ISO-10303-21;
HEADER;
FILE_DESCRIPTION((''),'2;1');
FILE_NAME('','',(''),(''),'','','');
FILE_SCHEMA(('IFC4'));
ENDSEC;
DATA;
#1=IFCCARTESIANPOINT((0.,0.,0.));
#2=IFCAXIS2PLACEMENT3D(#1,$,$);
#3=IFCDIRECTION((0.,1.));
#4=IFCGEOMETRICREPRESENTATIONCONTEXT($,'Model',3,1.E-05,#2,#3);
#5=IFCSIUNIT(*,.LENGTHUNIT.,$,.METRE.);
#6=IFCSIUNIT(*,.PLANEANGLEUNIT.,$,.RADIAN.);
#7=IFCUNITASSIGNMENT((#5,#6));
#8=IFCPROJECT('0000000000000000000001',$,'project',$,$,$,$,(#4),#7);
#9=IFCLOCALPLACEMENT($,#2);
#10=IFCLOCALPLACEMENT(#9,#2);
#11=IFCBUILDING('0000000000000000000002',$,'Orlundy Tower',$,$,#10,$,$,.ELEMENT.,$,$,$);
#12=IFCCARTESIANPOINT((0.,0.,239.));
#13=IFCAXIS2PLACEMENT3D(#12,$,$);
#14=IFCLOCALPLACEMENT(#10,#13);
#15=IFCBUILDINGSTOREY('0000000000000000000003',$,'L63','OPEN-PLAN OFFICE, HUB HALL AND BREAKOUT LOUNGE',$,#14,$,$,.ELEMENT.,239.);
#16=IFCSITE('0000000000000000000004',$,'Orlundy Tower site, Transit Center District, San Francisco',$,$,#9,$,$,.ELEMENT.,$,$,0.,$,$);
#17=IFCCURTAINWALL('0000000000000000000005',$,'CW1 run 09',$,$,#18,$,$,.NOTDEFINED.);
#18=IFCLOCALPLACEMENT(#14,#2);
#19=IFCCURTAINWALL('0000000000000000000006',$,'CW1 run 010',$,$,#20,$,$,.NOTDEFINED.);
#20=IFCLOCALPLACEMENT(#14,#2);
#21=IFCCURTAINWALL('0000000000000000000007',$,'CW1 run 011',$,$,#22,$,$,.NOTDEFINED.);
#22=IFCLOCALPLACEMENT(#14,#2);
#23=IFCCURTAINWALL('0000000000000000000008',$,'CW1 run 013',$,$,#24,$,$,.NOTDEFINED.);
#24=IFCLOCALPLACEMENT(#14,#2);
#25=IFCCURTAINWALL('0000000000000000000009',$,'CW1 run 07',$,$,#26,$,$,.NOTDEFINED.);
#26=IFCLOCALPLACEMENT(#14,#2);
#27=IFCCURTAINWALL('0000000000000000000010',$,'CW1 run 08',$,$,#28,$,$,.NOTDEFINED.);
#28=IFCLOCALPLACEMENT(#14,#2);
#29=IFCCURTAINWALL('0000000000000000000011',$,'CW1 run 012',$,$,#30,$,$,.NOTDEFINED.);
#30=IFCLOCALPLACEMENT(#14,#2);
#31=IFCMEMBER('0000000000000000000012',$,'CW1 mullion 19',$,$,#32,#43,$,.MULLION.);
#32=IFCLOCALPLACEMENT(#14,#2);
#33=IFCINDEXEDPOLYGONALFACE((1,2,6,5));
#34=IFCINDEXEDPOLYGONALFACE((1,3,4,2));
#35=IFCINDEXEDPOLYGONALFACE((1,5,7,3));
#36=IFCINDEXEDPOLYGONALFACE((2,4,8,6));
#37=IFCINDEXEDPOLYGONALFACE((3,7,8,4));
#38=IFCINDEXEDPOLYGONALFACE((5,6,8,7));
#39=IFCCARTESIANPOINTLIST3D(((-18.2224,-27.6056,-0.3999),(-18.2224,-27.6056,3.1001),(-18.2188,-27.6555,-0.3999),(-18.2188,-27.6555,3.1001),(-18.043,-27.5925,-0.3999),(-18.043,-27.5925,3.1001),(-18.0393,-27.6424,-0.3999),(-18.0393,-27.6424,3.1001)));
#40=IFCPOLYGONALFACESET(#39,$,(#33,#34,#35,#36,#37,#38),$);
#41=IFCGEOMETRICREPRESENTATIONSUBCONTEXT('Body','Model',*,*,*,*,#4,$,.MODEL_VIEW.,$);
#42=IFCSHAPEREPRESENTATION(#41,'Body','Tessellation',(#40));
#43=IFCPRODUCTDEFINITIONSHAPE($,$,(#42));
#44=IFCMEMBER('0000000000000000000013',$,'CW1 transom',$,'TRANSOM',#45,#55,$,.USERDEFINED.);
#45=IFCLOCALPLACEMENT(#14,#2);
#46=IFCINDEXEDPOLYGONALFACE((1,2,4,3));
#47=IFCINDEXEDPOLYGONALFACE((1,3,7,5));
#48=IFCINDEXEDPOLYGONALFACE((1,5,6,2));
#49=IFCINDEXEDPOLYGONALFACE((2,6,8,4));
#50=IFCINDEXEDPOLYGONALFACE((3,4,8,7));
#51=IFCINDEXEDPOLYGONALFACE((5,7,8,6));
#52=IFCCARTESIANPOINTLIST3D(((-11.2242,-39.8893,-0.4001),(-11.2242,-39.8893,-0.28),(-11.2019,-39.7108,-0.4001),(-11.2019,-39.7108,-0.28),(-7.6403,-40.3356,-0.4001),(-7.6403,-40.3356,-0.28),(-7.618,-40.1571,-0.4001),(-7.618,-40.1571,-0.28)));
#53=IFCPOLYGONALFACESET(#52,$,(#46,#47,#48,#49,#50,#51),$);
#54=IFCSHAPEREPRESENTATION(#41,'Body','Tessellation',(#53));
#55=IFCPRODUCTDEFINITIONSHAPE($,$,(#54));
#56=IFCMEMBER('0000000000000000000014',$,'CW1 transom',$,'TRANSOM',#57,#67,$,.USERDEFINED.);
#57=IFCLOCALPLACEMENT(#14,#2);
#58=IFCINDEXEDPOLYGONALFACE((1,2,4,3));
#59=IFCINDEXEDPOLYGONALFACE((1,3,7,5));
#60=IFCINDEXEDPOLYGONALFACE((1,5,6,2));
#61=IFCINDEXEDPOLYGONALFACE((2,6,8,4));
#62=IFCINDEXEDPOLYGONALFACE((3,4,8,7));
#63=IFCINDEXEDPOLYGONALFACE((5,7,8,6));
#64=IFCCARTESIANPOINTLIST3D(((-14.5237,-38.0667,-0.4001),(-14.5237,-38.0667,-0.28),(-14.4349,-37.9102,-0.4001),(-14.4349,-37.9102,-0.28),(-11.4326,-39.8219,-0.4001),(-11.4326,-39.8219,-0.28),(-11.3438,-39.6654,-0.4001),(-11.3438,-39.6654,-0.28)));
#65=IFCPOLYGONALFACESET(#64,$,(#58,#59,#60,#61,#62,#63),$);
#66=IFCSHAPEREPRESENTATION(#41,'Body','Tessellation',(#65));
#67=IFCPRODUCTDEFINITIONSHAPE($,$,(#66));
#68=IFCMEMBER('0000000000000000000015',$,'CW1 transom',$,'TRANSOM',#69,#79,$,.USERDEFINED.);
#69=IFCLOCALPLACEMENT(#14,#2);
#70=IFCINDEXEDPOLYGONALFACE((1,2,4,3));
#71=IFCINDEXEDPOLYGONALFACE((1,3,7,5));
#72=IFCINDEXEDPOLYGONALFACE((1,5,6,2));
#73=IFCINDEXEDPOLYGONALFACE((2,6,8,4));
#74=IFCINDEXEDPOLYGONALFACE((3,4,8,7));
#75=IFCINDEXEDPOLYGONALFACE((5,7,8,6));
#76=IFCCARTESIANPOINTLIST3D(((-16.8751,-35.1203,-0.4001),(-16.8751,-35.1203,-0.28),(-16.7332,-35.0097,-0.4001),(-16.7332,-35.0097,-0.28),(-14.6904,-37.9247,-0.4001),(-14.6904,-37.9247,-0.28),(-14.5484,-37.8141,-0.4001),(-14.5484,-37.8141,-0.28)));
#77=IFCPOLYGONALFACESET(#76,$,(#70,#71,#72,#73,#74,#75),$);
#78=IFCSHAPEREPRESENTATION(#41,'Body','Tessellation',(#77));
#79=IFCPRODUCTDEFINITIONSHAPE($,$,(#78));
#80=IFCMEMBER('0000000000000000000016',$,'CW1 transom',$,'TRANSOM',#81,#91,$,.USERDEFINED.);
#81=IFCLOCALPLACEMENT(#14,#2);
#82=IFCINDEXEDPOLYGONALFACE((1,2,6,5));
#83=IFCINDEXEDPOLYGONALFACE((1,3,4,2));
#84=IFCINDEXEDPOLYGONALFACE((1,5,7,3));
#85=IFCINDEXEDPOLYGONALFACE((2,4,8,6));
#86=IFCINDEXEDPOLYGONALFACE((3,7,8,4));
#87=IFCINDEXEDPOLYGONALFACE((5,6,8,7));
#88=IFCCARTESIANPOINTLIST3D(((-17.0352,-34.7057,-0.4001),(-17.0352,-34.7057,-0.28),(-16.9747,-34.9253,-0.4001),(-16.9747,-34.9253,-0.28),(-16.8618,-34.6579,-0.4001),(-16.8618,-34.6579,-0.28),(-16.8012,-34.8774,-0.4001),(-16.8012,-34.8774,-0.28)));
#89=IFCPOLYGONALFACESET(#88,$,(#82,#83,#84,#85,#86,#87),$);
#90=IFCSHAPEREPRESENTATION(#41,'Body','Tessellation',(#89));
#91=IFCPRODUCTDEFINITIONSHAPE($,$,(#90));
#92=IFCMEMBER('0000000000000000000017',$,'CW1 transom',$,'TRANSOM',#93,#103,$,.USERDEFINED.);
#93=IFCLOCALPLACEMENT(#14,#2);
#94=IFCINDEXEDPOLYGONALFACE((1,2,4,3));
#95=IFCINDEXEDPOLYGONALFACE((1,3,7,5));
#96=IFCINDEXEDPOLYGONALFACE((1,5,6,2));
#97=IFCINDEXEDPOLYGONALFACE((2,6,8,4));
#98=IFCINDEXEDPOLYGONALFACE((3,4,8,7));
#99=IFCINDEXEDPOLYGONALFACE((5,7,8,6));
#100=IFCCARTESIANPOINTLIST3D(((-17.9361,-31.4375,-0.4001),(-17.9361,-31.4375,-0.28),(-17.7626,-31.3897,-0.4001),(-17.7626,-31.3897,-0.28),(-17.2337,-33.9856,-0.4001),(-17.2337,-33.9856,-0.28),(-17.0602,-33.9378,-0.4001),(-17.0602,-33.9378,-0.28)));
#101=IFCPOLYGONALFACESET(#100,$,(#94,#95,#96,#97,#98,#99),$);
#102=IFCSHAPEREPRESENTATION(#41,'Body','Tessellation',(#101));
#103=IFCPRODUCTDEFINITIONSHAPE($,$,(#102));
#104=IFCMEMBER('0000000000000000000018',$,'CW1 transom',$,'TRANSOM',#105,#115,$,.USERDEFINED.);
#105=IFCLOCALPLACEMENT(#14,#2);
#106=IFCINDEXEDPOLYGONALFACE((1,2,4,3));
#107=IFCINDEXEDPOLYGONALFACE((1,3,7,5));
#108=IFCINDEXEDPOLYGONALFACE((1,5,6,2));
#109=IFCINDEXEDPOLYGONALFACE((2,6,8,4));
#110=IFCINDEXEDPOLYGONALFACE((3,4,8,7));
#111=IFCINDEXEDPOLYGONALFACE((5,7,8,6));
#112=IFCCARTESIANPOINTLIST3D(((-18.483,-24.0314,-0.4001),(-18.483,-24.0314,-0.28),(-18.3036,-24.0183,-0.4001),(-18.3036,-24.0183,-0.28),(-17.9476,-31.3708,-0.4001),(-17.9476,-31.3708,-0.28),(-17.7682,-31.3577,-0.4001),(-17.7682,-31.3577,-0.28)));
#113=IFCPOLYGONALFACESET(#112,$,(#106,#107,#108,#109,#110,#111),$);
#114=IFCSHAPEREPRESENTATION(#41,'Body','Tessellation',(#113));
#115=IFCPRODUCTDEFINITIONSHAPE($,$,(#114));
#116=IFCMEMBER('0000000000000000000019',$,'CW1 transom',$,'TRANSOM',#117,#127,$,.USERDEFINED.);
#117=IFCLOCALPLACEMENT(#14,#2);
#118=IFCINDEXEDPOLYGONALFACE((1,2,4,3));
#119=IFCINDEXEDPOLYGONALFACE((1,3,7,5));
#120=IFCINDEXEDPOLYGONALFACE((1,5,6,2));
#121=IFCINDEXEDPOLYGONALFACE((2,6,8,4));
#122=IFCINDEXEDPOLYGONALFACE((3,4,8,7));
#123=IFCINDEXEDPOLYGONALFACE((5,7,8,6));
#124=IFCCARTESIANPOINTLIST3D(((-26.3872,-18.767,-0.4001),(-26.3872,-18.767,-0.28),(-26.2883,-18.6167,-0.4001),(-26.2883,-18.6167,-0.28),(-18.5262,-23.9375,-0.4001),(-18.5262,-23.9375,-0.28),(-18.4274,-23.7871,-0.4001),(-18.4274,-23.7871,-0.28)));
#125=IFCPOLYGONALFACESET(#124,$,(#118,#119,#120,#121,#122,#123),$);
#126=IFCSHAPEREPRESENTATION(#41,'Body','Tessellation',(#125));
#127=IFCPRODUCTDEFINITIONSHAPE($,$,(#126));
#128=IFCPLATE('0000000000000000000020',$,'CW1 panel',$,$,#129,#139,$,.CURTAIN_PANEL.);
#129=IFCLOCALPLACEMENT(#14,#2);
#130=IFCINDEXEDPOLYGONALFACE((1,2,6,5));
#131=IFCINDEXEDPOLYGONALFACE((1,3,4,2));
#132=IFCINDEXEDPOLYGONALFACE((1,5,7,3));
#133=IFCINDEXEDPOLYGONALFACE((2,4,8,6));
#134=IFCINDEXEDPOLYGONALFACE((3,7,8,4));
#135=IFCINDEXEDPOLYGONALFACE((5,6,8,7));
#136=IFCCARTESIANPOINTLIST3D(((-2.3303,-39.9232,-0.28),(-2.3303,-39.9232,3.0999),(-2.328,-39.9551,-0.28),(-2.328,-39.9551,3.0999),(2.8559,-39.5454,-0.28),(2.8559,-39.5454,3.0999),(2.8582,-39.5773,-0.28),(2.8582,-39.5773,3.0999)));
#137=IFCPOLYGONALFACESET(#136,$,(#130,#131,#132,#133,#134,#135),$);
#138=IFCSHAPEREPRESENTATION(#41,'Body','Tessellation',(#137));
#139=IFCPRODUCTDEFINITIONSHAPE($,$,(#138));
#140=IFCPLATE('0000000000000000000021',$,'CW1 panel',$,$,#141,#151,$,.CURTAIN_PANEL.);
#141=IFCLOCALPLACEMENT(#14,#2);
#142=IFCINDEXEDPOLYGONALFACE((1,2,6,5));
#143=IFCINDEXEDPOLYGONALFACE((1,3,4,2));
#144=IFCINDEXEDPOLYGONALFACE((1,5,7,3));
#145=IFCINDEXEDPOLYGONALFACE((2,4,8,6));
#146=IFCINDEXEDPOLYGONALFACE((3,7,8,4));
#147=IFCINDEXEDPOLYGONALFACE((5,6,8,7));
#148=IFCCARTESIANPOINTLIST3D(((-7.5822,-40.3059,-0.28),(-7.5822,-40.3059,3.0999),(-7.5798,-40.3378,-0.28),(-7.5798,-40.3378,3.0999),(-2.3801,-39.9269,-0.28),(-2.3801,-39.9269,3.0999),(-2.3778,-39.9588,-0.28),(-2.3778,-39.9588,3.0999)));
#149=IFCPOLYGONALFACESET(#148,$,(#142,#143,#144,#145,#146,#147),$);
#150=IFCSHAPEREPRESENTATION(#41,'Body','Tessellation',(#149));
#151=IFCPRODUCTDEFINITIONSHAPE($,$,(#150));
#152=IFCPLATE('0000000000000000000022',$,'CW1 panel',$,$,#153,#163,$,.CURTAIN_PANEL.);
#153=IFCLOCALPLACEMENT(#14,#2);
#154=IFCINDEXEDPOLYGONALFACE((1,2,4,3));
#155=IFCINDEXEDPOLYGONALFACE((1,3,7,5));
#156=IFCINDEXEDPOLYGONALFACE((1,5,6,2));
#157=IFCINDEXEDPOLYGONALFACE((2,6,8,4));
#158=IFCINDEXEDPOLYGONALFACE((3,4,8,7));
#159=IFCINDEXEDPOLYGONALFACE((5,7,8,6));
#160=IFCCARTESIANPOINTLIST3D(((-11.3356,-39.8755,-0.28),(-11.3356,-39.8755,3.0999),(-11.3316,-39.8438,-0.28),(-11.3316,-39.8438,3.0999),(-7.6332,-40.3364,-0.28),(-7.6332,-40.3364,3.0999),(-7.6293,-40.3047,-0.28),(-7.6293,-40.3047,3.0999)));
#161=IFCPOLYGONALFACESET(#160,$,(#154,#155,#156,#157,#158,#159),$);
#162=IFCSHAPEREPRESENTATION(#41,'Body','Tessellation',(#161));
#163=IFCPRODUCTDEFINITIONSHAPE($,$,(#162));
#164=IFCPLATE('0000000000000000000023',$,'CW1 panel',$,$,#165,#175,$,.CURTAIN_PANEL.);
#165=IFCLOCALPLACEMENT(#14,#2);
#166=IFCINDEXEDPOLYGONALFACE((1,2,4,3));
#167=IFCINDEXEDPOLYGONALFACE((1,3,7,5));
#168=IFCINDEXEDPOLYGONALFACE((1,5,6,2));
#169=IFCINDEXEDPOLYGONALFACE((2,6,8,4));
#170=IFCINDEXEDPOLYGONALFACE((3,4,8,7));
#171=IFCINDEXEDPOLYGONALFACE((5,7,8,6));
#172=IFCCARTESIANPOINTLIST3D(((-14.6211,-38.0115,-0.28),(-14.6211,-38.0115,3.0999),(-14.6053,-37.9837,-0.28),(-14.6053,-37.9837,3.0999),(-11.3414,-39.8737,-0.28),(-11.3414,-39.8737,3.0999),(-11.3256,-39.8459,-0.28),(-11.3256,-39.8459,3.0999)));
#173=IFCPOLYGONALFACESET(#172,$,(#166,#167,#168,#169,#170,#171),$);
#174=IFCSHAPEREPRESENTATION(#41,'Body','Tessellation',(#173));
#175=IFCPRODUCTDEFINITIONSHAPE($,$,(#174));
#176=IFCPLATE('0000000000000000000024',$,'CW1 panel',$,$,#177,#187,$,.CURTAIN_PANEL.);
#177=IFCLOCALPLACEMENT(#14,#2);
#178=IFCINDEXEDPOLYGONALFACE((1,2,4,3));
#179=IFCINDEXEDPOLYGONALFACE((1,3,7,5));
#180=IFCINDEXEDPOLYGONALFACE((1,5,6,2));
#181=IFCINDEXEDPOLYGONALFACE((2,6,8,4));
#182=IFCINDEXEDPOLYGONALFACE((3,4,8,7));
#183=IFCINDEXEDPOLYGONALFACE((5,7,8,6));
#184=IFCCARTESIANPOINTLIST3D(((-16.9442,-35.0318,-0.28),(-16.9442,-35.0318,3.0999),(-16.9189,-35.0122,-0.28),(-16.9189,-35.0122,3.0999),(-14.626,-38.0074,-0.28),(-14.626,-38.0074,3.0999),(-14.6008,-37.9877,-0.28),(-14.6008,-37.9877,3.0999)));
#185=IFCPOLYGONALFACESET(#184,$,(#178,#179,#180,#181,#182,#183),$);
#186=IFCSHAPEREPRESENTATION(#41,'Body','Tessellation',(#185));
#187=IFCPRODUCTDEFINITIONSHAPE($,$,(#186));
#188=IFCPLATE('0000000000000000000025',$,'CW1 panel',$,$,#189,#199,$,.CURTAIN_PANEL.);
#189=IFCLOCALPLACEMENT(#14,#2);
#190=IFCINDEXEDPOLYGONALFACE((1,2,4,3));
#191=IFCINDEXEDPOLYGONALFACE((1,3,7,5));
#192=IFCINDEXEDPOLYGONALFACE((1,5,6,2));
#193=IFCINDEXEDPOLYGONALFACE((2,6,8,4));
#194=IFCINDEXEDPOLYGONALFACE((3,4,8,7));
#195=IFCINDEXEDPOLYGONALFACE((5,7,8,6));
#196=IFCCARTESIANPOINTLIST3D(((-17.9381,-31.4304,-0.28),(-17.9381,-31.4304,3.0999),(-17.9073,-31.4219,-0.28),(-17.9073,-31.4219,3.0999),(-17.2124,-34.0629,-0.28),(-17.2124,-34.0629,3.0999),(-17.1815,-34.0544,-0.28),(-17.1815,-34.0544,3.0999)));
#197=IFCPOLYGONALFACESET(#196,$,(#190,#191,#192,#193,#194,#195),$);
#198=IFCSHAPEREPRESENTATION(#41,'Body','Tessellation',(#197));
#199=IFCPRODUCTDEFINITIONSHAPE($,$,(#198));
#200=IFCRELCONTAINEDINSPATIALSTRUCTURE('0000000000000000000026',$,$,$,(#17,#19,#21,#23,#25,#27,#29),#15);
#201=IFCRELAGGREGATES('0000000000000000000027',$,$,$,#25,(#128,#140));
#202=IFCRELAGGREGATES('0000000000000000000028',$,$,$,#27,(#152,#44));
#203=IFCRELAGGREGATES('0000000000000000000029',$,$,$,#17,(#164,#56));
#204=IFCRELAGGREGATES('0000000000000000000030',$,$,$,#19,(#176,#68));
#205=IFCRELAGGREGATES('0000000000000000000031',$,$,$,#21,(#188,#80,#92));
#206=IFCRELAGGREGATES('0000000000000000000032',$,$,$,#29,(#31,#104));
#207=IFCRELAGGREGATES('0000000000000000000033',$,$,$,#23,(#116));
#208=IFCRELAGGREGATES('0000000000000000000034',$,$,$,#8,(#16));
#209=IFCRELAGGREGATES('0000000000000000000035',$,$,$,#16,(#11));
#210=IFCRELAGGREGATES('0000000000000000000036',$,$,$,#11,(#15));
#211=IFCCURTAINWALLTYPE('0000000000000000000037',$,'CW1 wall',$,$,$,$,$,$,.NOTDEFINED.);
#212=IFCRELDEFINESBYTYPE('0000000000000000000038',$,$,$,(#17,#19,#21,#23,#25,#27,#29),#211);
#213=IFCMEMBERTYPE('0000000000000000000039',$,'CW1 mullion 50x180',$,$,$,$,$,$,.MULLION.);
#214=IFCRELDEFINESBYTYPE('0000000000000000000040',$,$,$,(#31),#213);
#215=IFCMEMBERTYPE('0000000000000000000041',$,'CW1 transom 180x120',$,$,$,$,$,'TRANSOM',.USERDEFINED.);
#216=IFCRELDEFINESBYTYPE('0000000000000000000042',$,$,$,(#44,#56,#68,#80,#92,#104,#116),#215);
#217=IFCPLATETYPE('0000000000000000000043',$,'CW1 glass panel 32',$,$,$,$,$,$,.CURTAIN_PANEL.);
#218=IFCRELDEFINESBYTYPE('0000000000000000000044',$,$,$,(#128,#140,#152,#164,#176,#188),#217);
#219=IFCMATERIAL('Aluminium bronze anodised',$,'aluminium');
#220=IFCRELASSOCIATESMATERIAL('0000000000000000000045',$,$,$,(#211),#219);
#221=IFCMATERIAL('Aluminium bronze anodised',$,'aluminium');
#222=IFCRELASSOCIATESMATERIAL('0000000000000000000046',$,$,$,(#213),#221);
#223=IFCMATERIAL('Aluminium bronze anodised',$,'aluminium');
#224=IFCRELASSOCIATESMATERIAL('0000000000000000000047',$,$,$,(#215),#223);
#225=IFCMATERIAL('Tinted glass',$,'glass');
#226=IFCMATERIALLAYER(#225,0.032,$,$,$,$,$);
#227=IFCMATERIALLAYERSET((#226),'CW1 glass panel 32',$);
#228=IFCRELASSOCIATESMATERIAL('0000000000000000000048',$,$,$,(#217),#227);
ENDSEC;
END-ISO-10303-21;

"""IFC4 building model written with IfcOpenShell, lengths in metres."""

from ifc_helpers import new_model, si_unit, direction, frame, origin, origin_2d, place, context, subcontext, project, spatial, rectangle, extrude, material, layer, layer_set, material_profile, profile_set, type_object, element, aggregate, save


model = new_model("IFC4")

# Units and contexts
model_context = context("Model", 3, precision=1e-05, world=origin(), true_north=direction((0.0, 1.0)))
body_context = subcontext(model_context, "Body", "Model", "MODEL_VIEW")
ifc_project = project(units=[si_unit("LENGTHUNIT", "METRE"), si_unit("PLANEANGLEUNIT", "RADIAN")], contexts=[model_context])

# Site, building, storey
site_placement = place(None, origin())
site = spatial("IfcSite", under=ifc_project, at=site_placement, Name="Orlundy Tower site, Transit Center District, San Francisco", CompositionType="ELEMENT", RefElevation=0.0)
building_placement = place(site_placement, origin())
building = spatial("IfcBuilding", under=site, at=building_placement, Name="Orlundy Tower", CompositionType="ELEMENT")
storey_placement = place(building_placement, frame((0.0, 0.0, 239.0)))
storey = spatial("IfcBuildingStorey", under=building, at=storey_placement, Name="L63", Description="OPEN-PLAN OFFICE, HUB HALL AND BREAKOUT LOUNGE", CompositionType="ELEMENT", Elevation=239.0)

# Curtain walls
ifc_material_1 = material(Name="Aluminium bronze anodised", Category="aluminium")
curtain_wall_type = type_object("IfcCurtainWallType", Name="CW1 wall", PredefinedType="NOTDEFINED", material=ifc_material_1)
curtain_wall_1_placement = place(storey_placement, origin())
curtain_wall_1 = element("IfcCurtainWall", 1, at=curtain_wall_1_placement, inside=storey, type_object=curtain_wall_type, Name="CW1 run 09", PredefinedType="NOTDEFINED")
curtain_wall_2_placement = place(storey_placement, origin())
curtain_wall_2 = element("IfcCurtainWall", 2, at=curtain_wall_2_placement, inside=storey, type_object=curtain_wall_type, Name="CW1 run 010", PredefinedType="NOTDEFINED")
curtain_wall_3_placement = place(storey_placement, origin())
curtain_wall_3 = element("IfcCurtainWall", 3, at=curtain_wall_3_placement, inside=storey, type_object=curtain_wall_type, Name="CW1 run 011", PredefinedType="NOTDEFINED")
curtain_wall_4_placement = place(storey_placement, origin())
curtain_wall_4 = element("IfcCurtainWall", 4, at=curtain_wall_4_placement, inside=storey, type_object=curtain_wall_type, Name="CW1 run 013", PredefinedType="NOTDEFINED")

# Curtain wall
curtain_wall_5_placement = place(storey_placement, origin())
curtain_wall_5 = element("IfcCurtainWall", 5, at=curtain_wall_5_placement, inside=storey, type_object=curtain_wall_type, Name="CW1 run 07", PredefinedType="NOTDEFINED")
ifc_material_2 = material(Name="Aluminium bronze anodised", Category="aluminium")
ifc_material_profile_1 = material_profile(ifc_material_2, rectangle(XDim=0.1799, YDim=0.05, at=origin_2d()), Name="CW1 mullion 50x180")
ifc_profile_set_1 = profile_set([ifc_material_profile_1], Name="Aluminium bronze anodised")
member_type_1 = type_object("IfcMemberType", Name="CW1 mullion 50x180", PredefinedType="MULLION", material=ifc_profile_set_1)

# Curtain wall
curtain_wall_6_placement = place(storey_placement, origin())
curtain_wall_6 = element("IfcCurtainWall", 6, at=curtain_wall_6_placement, inside=storey, type_object=curtain_wall_type, Name="CW1 run 08", PredefinedType="NOTDEFINED")

# Curtain wall, member
curtain_wall_7_placement = place(storey_placement, origin())
curtain_wall_7 = element("IfcCurtainWall", 7, at=curtain_wall_7_placement, inside=storey, type_object=curtain_wall_type, Name="CW1 run 012", PredefinedType="NOTDEFINED")
member_1_placement = place(storey_placement, frame((-18.1309, -27.624, -0.3999), z_axis=(0.0, 0.0, 1.0), x_axis=(-0.99735, -0.072747, 0.0)))
member_1 = element("IfcMember", 8, at=member_1_placement, type_object=member_type_1, Name="CW1 mullion 19", PredefinedType="MULLION", context=body_context, shape_type="SweptSolid", body=[
    extrude(rectangle(XDim=0.1799, YDim=0.05, at=origin_2d()), origin(), (0.0, 0.0, 1.0), 3.5),
])

# Members
ifc_material_3 = material(Name="Aluminium bronze anodised", Category="aluminium")
ifc_material_profile_2 = material_profile(ifc_material_3, rectangle(XDim=0.1799, YDim=0.1201, at=origin_2d()), Name="CW1 transom 180x120")
ifc_profile_set_2 = profile_set([ifc_material_profile_2], Name="Aluminium bronze anodised")
member_type_2 = type_object("IfcMemberType", Name="CW1 transom 180x120", ElementType="TRANSOM", PredefinedType="USERDEFINED", material=ifc_profile_set_2)
member_2_placement = place(storey_placement, frame((-7.6292, -40.2463, -0.3401), z_axis=(-0.992336, 0.123569, 0.0), x_axis=(-0.123569, -0.992336, 0.0)))
member_2 = element("IfcMember", 9, at=member_2_placement, type_object=member_type_2, Name="CW1 transom", ObjectType="TRANSOM", PredefinedType="USERDEFINED", context=body_context, shape_type="SweptSolid", body=[
    extrude(rectangle(XDim=0.1799, YDim=0.1201, at=origin_2d()), origin(), (0.0, 0.0, 1.0), 3.6116),
])
member_3_placement = place(storey_placement, frame((-11.3882, -39.7437, -0.3401), z_axis=(-0.869597, 0.493763, 0.0), x_axis=(-0.493763, -0.869597, 0.0)))
member_3 = element("IfcMember", 10, at=member_3_placement, type_object=member_type_2, Name="CW1 transom", ObjectType="TRANSOM", PredefinedType="USERDEFINED", context=body_context, shape_type="SweptSolid", body=[
    extrude(rectangle(XDim=0.1799, YDim=0.1201, at=origin_2d()), origin(), (0.0, 0.0, 1.0), 3.5547),
])
member_4_placement = place(storey_placement, frame((-14.6194, -37.8694, -0.3401), z_axis=(-0.614568, 0.788864, 0.0), x_axis=(-0.788864, -0.614568, 0.0)))
member_4 = element("IfcMember", 11, at=member_4_placement, type_object=member_type_2, Name="CW1 transom", ObjectType="TRANSOM", PredefinedType="USERDEFINED", context=body_context, shape_type="SweptSolid", body=[
    extrude(rectangle(XDim=0.1799, YDim=0.1201, at=origin_2d()), origin(), (0.0, 0.0, 1.0), 3.5549),
])
member_5_placement = place(storey_placement, frame((-16.8879, -34.9014, -0.3401), z_axis=(-0.265929, 0.963993, 0.0), x_axis=(-0.963993, -0.265929, 0.0)))
member_5 = element("IfcMember", 12, at=member_5_placement, type_object=member_type_2, Name="CW1 transom", ObjectType="TRANSOM", PredefinedType="USERDEFINED", context=body_context, shape_type="SweptSolid", body=[
    extrude(rectangle(XDim=0.1799, YDim=0.1201, at=origin_2d()), origin(), (0.0, 0.0, 1.0), 0.2278),
])
member_6_placement = place(storey_placement, frame((-17.147, -33.9617, -0.3401), z_axis=(-0.265743, 0.964044, 0.0), x_axis=(-0.964044, -0.265743, 0.0)))
member_6 = element("IfcMember", 13, at=member_6_placement, type_object=member_type_2, Name="CW1 transom", ObjectType="TRANSOM", PredefinedType="USERDEFINED", context=body_context, shape_type="SweptSolid", body=[
    extrude(rectangle(XDim=0.1799, YDim=0.1201, at=origin_2d()), origin(), (0.0, 0.0, 1.0), 2.6431),
])
member_7_placement = place(storey_placement, frame((-17.8579, -31.3643, -0.3401), z_axis=(-0.072756, 0.99735, 0.0), x_axis=(-0.99735, -0.072756, 0.0)))
member_7 = element("IfcMember", 14, at=member_7_placement, type_object=member_type_2, Name="CW1 transom", ObjectType="TRANSOM", PredefinedType="USERDEFINED", context=body_context, shape_type="SweptSolid", body=[
    extrude(rectangle(XDim=0.1799, YDim=0.1201, at=origin_2d()), origin(), (0.0, 0.0, 1.0), 7.3589),
])
member_8_placement = place(storey_placement, frame((-18.4768, -23.8623, -0.3401), z_axis=(-0.835475, 0.549528, 0.0), x_axis=(-0.549528, -0.835475, 0.0)))
member_8 = element("IfcMember", 15, at=member_8_placement, type_object=member_type_2, Name="CW1 transom", ObjectType="TRANSOM", PredefinedType="USERDEFINED", context=body_context, shape_type="SweptSolid", body=[
    extrude(rectangle(XDim=0.1799, YDim=0.1201, at=origin_2d()), origin(), (0.0, 0.0, 1.0), 9.4089),
])

# Plates
ifc_material_4 = material(Name="Tinted glass", Category="glass")
ifc_layer_1 = layer(ifc_material_4, 0.032)
ifc_layer_set_1 = layer_set([ifc_layer_1], Name="CW1 glass panel 32")
plate_type = type_object("IfcPlateType", Name="CW1 glass panel 32", PredefinedType="CURTAIN_PANEL", material=ifc_layer_set_1)
plate_1_placement = place(storey_placement, frame((0.2639, -39.7502, -0.28), z_axis=(0.0, 0.0, 1.0), x_axis=(-0.997356, -0.072668, 0.0)))
plate_1 = element("IfcPlate", 16, at=plate_1_placement, type_object=plate_type, Name="CW1 panel", PredefinedType="CURTAIN_PANEL", context=body_context, shape_type="SweptSolid", body=[
    extrude(rectangle(XDim=5.2, YDim=0.032, at=origin_2d()), origin(), (0.0, 0.0, 1.0), 3.3799),
])
plate_2_placement = place(storey_placement, frame((-4.98, -40.1323, -0.28), z_axis=(0.0, 0.0, 1.0), x_axis=(-0.997356, -0.072668, 0.0)))
plate_2 = element("IfcPlate", 17, at=plate_2_placement, type_object=plate_type, Name="CW1 panel", PredefinedType="CURTAIN_PANEL", context=body_context, shape_type="SweptSolid", body=[
    extrude(rectangle(XDim=5.2158, YDim=0.032, at=origin_2d()), origin(), (0.0, 0.0, 1.0), 3.3799),
])
aggregate(curtain_wall_5, [plate_1, plate_2])
plate_3_placement = place(storey_placement, frame((-9.4824, -40.0901, -0.28), z_axis=(0.0, 0.0, 1.0), x_axis=(-0.99234, 0.123537, 0.0)))
plate_3 = element("IfcPlate", 18, at=plate_3_placement, type_object=plate_type, Name="CW1 panel", PredefinedType="CURTAIN_PANEL", context=body_context, shape_type="SweptSolid", body=[
    extrude(rectangle(XDim=3.731, YDim=0.032, at=origin_2d()), origin(), (0.0, 0.0, 1.0), 3.3799),
])
aggregate(curtain_wall_6, [plate_3, member_2])
plate_4_placement = place(storey_placement, frame((-12.9734, -38.9287, -0.28), z_axis=(0.0, 0.0, 1.0), x_axis=(-0.869601, 0.493754, 0.0)))
plate_4 = element("IfcPlate", 19, at=plate_4_placement, type_object=plate_type, Name="CW1 panel", PredefinedType="CURTAIN_PANEL", context=body_context, shape_type="SweptSolid", body=[
    extrude(rectangle(XDim=3.7715, YDim=0.032, at=origin_2d()), origin(), (0.0, 0.0, 1.0), 3.3799),
])
aggregate(curtain_wall_1, [plate_4, member_3])
plate_5_placement = place(storey_placement, frame((-15.7725, -36.5098, -0.28), z_axis=(0.0, 0.0, 1.0), x_axis=(-0.614575, 0.788858, 0.0)))
plate_5 = element("IfcPlate", 20, at=plate_5_placement, type_object=plate_type, Name="CW1 panel", PredefinedType="CURTAIN_PANEL", context=body_context, shape_type="SweptSolid", body=[
    extrude(rectangle(XDim=3.772, YDim=0.032, at=origin_2d()), origin(), (0.0, 0.0, 1.0), 3.3799),
])
aggregate(curtain_wall_2, [plate_5, member_4])
plate_6_placement = place(storey_placement, frame((-17.5598, -32.7424, -0.28), z_axis=(0.0, 0.0, 1.0), x_axis=(-0.265765, 0.964038, 0.0)))
plate_6 = element("IfcPlate", 21, at=plate_6_placement, type_object=plate_type, Name="CW1 panel", PredefinedType="CURTAIN_PANEL", context=body_context, shape_type="SweptSolid", body=[
    extrude(rectangle(XDim=2.7307, YDim=0.032, at=origin_2d()), origin(), (0.0, 0.0, 1.0), 3.3799),
])
aggregate(curtain_wall_3, [plate_6, member_5, member_6])
aggregate(curtain_wall_7, [member_1, member_7])
aggregate(curtain_wall_4, [member_8])

save(model, "model.ifc")
